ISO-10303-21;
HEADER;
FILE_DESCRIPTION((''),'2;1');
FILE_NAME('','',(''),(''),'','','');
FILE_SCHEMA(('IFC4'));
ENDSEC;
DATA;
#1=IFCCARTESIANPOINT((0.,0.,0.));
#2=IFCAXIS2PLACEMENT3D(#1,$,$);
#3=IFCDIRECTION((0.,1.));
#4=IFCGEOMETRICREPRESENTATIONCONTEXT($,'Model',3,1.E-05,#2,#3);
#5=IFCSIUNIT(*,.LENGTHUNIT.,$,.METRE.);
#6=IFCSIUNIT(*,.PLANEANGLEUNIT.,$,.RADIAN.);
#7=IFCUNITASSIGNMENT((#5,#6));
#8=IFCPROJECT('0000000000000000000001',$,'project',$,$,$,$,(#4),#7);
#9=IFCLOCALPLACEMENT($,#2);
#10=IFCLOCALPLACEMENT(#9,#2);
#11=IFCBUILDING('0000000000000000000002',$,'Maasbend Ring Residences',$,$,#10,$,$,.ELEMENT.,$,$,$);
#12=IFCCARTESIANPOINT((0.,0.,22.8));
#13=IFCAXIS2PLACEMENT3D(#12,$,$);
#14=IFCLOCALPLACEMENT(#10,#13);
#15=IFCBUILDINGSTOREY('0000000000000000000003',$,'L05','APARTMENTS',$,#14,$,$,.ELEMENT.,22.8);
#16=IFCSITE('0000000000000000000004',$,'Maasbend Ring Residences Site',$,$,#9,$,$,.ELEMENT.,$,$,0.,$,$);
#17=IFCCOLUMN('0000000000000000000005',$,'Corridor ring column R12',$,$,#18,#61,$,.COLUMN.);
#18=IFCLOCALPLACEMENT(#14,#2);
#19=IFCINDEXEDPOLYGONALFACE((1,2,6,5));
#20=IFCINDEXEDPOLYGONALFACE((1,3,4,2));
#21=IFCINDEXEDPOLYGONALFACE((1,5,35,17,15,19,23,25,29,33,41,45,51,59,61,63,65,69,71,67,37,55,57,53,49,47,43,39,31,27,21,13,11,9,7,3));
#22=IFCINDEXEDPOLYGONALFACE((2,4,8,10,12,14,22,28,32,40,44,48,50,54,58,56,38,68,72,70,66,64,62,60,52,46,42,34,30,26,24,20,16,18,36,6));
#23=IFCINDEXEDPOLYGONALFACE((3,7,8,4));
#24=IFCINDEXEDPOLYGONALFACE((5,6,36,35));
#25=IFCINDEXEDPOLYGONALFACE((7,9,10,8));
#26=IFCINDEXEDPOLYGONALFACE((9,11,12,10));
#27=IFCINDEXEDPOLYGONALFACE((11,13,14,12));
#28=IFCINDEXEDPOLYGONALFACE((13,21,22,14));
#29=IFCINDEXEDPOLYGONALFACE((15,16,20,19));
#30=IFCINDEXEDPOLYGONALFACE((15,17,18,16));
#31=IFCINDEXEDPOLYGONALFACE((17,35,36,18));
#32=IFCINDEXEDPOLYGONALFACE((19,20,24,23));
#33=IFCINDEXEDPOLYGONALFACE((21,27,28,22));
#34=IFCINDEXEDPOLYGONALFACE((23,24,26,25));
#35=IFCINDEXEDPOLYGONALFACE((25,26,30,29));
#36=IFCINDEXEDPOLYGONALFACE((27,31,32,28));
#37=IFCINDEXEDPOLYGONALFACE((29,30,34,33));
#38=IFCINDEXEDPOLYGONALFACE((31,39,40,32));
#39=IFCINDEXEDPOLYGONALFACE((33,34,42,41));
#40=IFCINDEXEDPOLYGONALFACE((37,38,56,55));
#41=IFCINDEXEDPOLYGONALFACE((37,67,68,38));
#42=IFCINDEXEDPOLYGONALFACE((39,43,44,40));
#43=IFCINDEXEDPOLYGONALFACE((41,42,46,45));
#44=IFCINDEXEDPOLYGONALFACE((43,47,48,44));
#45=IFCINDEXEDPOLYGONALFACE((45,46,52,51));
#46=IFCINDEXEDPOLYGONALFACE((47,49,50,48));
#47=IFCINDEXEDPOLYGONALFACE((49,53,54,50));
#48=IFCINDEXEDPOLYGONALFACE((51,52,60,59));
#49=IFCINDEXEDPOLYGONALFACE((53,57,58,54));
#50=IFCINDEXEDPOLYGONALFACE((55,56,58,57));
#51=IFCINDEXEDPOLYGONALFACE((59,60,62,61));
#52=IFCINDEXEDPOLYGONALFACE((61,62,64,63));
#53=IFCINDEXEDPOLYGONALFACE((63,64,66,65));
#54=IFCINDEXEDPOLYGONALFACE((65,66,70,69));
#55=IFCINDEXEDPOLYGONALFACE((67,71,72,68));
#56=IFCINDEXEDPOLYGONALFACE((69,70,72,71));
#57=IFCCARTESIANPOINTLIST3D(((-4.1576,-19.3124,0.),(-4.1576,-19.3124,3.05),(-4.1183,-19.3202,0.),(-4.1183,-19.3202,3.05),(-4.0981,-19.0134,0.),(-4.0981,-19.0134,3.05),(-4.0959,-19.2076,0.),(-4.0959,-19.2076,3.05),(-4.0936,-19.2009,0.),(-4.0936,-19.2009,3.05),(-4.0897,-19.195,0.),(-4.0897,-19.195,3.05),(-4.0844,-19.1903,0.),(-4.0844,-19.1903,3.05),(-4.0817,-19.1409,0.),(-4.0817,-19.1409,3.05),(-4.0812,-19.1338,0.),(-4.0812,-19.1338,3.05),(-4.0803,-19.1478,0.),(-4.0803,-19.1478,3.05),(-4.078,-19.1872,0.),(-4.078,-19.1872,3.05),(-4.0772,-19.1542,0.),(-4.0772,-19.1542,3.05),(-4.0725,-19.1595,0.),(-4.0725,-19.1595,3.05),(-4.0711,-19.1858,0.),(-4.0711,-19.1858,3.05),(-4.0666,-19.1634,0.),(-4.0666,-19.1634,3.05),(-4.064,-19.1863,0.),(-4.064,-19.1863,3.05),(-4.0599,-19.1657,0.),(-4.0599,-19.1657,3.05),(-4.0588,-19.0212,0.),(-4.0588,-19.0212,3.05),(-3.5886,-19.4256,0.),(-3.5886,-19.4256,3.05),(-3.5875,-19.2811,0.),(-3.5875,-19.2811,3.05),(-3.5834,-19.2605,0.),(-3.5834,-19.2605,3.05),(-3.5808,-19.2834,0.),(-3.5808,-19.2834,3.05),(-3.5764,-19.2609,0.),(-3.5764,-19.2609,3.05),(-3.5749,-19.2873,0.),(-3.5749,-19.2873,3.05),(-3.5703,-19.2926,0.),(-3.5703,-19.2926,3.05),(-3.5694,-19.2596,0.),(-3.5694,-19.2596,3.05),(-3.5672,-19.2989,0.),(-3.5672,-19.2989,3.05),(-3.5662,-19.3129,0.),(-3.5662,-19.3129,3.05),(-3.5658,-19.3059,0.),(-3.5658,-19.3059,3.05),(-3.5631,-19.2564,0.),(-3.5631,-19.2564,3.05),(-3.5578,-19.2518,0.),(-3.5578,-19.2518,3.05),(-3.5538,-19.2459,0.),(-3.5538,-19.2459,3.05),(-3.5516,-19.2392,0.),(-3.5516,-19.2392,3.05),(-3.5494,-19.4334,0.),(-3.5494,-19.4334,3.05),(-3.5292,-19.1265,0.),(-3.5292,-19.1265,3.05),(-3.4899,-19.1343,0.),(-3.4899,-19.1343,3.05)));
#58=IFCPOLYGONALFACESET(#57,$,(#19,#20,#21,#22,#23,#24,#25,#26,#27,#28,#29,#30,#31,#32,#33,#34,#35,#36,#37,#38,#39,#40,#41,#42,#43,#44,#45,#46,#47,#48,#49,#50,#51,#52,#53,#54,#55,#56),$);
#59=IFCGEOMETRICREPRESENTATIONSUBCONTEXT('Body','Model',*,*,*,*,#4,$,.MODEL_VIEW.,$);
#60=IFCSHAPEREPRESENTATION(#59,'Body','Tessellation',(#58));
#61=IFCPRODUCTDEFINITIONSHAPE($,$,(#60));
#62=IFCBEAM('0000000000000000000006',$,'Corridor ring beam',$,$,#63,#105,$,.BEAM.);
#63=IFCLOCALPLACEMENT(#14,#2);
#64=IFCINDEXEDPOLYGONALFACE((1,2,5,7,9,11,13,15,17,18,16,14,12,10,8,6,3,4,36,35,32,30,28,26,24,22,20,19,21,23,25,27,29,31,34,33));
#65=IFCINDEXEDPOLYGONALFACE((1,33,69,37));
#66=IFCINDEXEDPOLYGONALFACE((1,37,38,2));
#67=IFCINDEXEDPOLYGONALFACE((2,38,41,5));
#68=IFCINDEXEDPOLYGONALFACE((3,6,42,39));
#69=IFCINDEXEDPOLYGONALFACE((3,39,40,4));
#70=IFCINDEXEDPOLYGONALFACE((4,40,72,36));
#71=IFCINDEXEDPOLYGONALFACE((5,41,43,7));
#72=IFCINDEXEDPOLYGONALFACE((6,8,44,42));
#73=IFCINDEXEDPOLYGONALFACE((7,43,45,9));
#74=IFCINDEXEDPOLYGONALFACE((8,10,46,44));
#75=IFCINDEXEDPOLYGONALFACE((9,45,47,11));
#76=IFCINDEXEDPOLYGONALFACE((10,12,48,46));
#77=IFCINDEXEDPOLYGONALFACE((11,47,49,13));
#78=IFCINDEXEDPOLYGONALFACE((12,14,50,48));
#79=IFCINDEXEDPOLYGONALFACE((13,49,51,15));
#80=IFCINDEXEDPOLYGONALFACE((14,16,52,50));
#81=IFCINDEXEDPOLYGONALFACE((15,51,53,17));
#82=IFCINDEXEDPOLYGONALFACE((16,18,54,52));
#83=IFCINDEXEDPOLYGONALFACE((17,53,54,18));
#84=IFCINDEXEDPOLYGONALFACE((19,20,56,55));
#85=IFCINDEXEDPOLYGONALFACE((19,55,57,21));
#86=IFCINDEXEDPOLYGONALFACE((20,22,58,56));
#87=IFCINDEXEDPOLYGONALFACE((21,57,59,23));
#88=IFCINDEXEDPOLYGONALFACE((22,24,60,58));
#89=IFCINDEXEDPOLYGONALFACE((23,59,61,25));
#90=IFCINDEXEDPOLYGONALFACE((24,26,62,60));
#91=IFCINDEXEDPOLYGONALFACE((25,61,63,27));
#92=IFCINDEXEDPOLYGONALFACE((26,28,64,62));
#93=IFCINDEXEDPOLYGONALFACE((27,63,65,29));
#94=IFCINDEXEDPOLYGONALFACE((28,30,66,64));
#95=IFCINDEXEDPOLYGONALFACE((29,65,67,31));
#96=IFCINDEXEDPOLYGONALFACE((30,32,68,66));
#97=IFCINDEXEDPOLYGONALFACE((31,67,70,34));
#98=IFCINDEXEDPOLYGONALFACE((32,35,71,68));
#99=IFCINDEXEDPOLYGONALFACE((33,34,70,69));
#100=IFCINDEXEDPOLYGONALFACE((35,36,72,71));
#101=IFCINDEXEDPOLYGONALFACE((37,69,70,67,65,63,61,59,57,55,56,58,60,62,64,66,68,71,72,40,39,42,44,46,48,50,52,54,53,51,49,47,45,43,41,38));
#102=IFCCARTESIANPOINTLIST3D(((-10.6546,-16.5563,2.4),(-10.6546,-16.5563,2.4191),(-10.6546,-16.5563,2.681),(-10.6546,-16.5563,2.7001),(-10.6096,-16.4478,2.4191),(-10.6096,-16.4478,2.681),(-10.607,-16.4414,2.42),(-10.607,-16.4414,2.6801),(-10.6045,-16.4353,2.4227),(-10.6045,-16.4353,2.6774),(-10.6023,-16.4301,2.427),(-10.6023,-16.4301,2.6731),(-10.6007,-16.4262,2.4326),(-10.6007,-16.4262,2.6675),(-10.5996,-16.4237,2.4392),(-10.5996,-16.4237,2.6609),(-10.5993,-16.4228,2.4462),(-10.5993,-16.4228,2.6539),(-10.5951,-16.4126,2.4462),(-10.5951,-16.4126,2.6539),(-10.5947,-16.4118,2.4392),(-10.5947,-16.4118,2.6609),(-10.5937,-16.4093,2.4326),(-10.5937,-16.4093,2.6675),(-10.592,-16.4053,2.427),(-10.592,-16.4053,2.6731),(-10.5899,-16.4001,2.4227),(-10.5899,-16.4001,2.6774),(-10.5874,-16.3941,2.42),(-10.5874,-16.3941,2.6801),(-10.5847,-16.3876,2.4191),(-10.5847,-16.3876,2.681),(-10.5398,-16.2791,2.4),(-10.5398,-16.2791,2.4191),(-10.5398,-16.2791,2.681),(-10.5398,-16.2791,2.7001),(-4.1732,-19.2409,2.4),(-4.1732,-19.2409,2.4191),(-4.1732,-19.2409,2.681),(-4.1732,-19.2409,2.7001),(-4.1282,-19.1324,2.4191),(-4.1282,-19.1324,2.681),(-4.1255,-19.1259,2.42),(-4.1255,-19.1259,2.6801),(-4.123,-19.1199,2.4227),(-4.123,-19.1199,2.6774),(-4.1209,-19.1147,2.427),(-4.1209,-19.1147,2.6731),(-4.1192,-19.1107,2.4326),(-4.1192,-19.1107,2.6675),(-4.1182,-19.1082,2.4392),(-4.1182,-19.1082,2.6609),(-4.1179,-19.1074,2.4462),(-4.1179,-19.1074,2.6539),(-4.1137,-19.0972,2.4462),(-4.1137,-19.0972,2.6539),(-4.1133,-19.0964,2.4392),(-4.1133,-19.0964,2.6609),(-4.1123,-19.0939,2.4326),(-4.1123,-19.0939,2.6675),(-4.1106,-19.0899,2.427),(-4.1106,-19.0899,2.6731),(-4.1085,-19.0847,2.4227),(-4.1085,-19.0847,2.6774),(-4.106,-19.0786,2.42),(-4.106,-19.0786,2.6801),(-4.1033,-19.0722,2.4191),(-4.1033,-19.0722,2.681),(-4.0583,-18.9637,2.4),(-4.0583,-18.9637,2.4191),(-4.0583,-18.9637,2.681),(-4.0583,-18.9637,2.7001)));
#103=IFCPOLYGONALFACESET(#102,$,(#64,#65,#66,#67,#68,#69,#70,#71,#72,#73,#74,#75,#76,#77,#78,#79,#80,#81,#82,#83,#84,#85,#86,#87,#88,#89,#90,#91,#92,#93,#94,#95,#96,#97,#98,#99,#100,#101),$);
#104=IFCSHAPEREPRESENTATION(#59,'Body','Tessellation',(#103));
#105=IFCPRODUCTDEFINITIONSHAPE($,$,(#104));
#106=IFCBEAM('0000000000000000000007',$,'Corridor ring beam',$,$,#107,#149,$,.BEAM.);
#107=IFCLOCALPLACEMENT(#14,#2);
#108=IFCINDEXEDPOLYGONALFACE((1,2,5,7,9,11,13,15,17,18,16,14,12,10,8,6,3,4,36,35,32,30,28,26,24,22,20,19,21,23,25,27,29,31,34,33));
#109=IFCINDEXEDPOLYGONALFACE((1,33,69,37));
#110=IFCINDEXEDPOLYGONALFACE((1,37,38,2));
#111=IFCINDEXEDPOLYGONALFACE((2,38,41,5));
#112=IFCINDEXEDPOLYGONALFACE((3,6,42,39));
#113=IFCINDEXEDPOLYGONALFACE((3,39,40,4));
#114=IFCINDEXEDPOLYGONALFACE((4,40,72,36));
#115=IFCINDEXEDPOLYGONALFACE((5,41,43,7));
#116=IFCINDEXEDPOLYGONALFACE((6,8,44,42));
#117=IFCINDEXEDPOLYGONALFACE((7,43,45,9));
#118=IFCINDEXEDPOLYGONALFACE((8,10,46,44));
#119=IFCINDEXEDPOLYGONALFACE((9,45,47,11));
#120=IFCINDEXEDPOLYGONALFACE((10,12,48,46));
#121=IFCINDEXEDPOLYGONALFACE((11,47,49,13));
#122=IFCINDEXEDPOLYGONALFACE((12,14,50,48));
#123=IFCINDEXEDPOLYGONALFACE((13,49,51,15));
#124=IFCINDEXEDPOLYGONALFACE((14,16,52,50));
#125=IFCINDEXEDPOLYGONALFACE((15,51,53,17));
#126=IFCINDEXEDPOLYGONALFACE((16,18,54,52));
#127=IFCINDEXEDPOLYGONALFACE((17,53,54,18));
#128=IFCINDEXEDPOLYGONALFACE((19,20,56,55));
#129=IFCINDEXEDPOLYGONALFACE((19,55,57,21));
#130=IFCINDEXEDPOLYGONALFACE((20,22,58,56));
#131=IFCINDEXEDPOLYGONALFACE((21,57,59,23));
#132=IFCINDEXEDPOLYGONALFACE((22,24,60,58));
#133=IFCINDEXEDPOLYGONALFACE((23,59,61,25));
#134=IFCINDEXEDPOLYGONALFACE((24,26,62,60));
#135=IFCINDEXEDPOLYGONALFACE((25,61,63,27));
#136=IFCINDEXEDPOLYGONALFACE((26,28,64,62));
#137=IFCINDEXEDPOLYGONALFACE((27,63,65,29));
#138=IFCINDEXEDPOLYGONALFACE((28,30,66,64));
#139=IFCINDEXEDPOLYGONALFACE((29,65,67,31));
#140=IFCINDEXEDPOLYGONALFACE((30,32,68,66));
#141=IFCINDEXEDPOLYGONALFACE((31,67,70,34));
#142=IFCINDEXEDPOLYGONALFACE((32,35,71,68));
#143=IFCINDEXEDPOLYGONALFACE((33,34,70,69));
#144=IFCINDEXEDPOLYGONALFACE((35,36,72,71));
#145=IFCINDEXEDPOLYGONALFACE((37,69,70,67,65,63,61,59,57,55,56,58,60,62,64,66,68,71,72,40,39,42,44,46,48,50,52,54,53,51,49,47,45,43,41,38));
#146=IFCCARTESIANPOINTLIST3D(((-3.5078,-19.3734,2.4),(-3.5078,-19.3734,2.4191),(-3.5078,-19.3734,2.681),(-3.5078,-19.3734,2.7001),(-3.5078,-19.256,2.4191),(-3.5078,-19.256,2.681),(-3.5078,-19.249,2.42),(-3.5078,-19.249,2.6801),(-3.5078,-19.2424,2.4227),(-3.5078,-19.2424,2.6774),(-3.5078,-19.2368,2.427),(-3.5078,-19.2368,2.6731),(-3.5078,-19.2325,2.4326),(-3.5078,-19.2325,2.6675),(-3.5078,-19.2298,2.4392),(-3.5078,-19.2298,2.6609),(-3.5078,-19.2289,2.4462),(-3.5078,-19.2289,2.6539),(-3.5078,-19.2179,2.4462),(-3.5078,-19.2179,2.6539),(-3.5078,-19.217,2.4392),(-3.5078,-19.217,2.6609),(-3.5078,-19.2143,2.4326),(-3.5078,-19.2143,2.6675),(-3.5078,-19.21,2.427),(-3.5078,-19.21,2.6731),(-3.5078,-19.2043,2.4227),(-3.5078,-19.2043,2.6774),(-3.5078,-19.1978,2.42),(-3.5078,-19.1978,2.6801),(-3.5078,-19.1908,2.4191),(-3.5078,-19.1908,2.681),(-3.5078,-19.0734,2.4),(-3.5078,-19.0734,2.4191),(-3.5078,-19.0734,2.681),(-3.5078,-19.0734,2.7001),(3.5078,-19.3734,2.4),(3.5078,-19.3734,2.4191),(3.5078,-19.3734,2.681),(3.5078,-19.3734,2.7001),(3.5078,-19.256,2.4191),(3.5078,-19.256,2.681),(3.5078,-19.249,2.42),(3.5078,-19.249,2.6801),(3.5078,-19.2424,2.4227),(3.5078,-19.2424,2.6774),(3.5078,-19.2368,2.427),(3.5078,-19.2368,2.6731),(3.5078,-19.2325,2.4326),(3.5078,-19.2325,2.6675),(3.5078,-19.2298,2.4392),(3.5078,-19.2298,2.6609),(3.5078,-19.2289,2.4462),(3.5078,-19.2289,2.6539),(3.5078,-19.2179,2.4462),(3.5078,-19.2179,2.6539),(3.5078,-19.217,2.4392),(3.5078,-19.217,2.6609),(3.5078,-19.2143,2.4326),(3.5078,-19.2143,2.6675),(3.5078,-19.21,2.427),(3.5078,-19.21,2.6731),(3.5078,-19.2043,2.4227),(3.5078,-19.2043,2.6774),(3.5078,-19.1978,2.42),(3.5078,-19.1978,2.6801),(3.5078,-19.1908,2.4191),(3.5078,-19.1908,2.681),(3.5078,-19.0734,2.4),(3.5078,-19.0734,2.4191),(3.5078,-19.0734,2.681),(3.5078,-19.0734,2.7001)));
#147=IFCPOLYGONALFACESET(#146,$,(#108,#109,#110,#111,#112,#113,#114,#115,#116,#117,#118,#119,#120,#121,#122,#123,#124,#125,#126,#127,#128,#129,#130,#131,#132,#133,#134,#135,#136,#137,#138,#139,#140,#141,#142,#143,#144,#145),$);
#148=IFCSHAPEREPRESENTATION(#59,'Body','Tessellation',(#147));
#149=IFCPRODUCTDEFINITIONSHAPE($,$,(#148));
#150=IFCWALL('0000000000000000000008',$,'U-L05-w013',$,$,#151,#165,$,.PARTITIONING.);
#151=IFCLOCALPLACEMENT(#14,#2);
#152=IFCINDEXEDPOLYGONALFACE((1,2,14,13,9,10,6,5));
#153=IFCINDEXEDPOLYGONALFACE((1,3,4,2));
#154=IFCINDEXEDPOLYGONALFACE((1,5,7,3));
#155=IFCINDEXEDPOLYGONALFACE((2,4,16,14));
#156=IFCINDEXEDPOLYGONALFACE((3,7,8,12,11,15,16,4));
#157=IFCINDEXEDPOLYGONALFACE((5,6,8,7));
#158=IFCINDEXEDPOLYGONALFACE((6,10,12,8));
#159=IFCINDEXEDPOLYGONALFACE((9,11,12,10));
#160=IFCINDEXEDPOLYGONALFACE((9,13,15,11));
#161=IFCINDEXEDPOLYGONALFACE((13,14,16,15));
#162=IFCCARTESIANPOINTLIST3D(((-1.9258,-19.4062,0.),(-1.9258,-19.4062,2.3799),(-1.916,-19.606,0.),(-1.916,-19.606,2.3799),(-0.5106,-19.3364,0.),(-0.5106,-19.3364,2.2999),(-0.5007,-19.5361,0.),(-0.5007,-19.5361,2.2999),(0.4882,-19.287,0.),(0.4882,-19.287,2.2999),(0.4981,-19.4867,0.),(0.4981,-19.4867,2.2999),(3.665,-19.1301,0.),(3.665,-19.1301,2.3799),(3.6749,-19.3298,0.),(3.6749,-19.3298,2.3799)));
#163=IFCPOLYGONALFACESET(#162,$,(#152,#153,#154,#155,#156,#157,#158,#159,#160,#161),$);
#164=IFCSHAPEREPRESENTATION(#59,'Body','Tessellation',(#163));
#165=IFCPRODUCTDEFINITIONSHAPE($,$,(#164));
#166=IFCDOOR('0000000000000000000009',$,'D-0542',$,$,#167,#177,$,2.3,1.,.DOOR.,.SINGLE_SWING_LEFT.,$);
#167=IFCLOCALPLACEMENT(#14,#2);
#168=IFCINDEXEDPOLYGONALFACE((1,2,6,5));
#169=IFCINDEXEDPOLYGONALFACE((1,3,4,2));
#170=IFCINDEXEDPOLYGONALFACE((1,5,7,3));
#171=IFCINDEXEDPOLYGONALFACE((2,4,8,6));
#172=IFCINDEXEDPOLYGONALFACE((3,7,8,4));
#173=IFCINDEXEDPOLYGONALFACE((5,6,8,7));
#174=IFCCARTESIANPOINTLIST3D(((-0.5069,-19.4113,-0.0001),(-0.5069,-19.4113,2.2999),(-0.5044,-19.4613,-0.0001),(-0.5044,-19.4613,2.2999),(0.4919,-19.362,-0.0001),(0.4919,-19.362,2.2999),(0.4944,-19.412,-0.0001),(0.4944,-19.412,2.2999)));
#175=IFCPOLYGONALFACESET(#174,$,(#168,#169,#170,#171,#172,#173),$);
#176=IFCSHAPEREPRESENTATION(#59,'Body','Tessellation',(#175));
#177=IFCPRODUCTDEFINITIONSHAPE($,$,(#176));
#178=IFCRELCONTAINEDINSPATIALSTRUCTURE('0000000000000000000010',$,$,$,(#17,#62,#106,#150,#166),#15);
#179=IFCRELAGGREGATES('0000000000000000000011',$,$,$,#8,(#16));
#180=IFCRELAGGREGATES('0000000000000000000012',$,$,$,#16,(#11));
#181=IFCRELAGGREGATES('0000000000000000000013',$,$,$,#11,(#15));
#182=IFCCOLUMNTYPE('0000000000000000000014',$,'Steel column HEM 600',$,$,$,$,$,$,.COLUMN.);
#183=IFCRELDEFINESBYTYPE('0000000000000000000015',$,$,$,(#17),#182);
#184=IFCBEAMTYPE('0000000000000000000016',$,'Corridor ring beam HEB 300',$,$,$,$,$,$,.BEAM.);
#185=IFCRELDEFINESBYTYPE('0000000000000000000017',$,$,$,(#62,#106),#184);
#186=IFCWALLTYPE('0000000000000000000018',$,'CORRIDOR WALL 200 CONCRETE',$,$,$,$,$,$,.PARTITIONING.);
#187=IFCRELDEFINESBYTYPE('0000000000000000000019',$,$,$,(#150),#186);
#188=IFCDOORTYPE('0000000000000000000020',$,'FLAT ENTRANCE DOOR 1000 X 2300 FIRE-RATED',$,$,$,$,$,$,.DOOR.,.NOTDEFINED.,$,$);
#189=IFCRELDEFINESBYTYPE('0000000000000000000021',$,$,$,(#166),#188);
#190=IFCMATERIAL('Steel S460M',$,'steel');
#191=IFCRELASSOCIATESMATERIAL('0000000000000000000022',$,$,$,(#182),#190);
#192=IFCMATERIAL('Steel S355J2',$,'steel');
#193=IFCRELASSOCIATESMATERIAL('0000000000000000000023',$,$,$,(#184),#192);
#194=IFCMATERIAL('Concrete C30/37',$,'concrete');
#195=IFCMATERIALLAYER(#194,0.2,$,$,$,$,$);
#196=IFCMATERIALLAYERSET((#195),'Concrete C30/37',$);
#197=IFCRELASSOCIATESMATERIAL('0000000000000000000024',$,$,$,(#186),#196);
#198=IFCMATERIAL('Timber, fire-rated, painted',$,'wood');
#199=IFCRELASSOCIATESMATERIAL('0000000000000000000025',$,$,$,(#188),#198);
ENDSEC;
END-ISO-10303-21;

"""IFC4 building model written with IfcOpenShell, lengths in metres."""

from ifc_helpers import new_model, si_unit, direction, frame, frame_2d, origin, origin_2d, place, context, subcontext, project, spatial, rectangle, i_section, extrude, material, layer, layer_set, material_profile, profile_set, type_object, element, fill, save


model = new_model("IFC4")

# Units and contexts
model_context = context("Model", 3, precision=1e-05, world=origin(), true_north=direction((0.0, 1.0)))
body_context = subcontext(model_context, "Body", "Model", "MODEL_VIEW")
ifc_project = project(units=[si_unit("LENGTHUNIT", "METRE"), si_unit("PLANEANGLEUNIT", "RADIAN")], contexts=[model_context])

# Site, building, storey
site_placement = place(None, origin())
site = spatial("IfcSite", under=ifc_project, at=site_placement, Name="Maasbend Ring Residences Site", CompositionType="ELEMENT", RefElevation=0.0)
building_placement = place(site_placement, origin())
building = spatial("IfcBuilding", under=site, at=building_placement, Name="Maasbend Ring Residences", CompositionType="ELEMENT")
storey_placement = place(building_placement, frame((0.0, 0.0, 22.8)))
storey = spatial("IfcBuildingStorey", under=building, at=storey_placement, Name="L05", Description="APARTMENTS", CompositionType="ELEMENT", Elevation=22.8)

# Column
ifc_material_1 = material(Name="Steel S460M", Category="steel")
ifc_material_profile_1 = material_profile(ifc_material_1, i_section(OverallWidth=0.3049, OverallDepth=0.6201, WebThickness=0.021, FlangeThickness=0.04, FilletRadius=0.0271, at=origin_2d()), Name="HEM 600")
ifc_profile_set_1 = profile_set([ifc_material_profile_1], Name="Steel S460M")
column_type = type_object("IfcColumnType", Name="Steel column HEM 600", PredefinedType="COLUMN", material=ifc_profile_set_1)
column_placement = place(storey_placement, frame((-3.8237, -19.2234, 0.0), z_axis=(0.0, 0.0, 1.0), x_axis=(-0.19509, -0.980785, 0.0)))
element("IfcColumn", 1, at=column_placement, inside=storey, type_object=column_type, Name="Corridor ring column R12", PredefinedType="COLUMN", context=body_context, shape_type="SweptSolid", body=[
    extrude(i_section(OverallWidth=0.3049, OverallDepth=0.6201, WebThickness=0.021, FlangeThickness=0.04, FilletRadius=0.0271, at=origin_2d()), origin(), (0.0, 0.0, 1.0), 3.05),
])

# Beams
ifc_material_2 = material(Name="Steel S355J2", Category="steel")
ifc_material_profile_2 = material_profile(ifc_material_2, i_section(OverallWidth=0.3, OverallDepth=0.3, WebThickness=0.011, FlangeThickness=0.019, FilletRadius=0.0271, at=origin_2d()), Name="HEB 300")
ifc_profile_set_2 = profile_set([ifc_material_profile_2], Name="Steel S355J2")
beam_type = type_object("IfcBeamType", Name="Corridor ring beam HEB 300", PredefinedType="BEAM", material=ifc_profile_set_2)
beam_1_placement = place(storey_placement, frame((-10.5972, -16.4177, 2.55), z_axis=(0.923886, -0.382667, 0.0), x_axis=(0.382667, 0.923886, 0.0)))
element("IfcBeam", 2, at=beam_1_placement, inside=storey, type_object=beam_type, Name="Corridor ring beam", PredefinedType="BEAM", context=body_context, shape_type="SweptSolid", body=[
    extrude(i_section(OverallWidth=0.3, OverallDepth=0.3, WebThickness=0.011, FlangeThickness=0.019, FilletRadius=0.0271, at=origin_2d()), origin(), (0.0, 0.0, 1.0), 7.0154),
])
beam_2_placement = place(storey_placement, frame((-3.5078, -19.2234, 2.55), z_axis=(1.0, 0.0, 0.0), x_axis=(0.0, 1.0, 0.0)))
element("IfcBeam", 3, at=beam_2_placement, inside=storey, type_object=beam_type, Name="Corridor ring beam", PredefinedType="BEAM", context=body_context, shape_type="SweptSolid", body=[
    extrude(i_section(OverallWidth=0.3, OverallDepth=0.3, WebThickness=0.011, FlangeThickness=0.019, FilletRadius=0.0271, at=origin_2d()), origin(), (0.0, 0.0, 1.0), 7.0156),
])

# Wall, opening, door
ifc_material_3 = material(Name="Concrete C30/37", Category="concrete")
ifc_layer_1 = layer(ifc_material_3, 0.2)
ifc_layer_set_1 = layer_set([ifc_layer_1], Name="Concrete C30/37")
wall_type_1 = type_object("IfcWallType", Name="CORRIDOR WALL 200 CONCRETE", PredefinedType="PARTITIONING", material=ifc_layer_set_1)
wall_1_placement = place(storey_placement, frame((-1.9209, -19.5061, 0.0), z_axis=(0.0, 0.0, 1.0), x_axis=(0.998783, 0.049329, 0.0)))
wall_1 = element("IfcWall", 4, at=wall_1_placement, inside=storey, type_object=wall_type_1, Name="U-L05-w013", PredefinedType="PARTITIONING", context=body_context, shape_type="SweptSolid", body=[
    extrude(rectangle(XDim=5.5977, YDim=0.2, at=frame_2d((2.7988, 0.0))), origin(), (0.0, 0.0, 1.0), 2.3799),
])
opening_1_placement = place(wall_1_placement, frame((1.417, 0.0, 0.0)))
opening_1 = element("IfcOpeningElement", 5, at=opening_1_placement, cuts=wall_1, PredefinedType="OPENING", context=body_context, shape_type="SweptSolid", body=[
    extrude(rectangle(XDim=1.0, YDim=2.3, at=frame_2d((0.5, 1.1499))), frame((0.0, 0.1099, 0.0), z_axis=(0.0, -1.0, 0.0), x_axis=(1.0, 0.0, 0.0)), (0.0, 0.0, 1.0), 0.22),
])
ifc_material_4 = material(Name="Timber, fire-rated, painted", Category="wood")
door_type_1 = type_object("IfcDoorType", Name="FLAT ENTRANCE DOOR 1000 X 2300 FIRE-RATED", OperationType="NOTDEFINED", PredefinedType="DOOR", material=ifc_material_4)
door_1_placement = place(opening_1_placement, origin())
door_1 = element("IfcDoor", 6, at=door_1_placement, inside=storey, type_object=door_type_1, Name="D-0542", OperationType="SINGLE_SWING_LEFT", OverallHeight=2.3, OverallWidth=1.0, PredefinedType="DOOR", context=body_context, shape_type="SweptSolid", body=[
    extrude(rectangle(XDim=1.0, YDim=2.3, at=frame_2d((0.5, 1.1499))), frame((0.0, 0.0249, 0.0), z_axis=(0.0, -1.0, 0.0), x_axis=(1.0, 0.0, 0.0)), (0.0, 0.0, 1.0), 0.05),
])
fill(opening_1, door_1)

save(model, "model.ifc")
